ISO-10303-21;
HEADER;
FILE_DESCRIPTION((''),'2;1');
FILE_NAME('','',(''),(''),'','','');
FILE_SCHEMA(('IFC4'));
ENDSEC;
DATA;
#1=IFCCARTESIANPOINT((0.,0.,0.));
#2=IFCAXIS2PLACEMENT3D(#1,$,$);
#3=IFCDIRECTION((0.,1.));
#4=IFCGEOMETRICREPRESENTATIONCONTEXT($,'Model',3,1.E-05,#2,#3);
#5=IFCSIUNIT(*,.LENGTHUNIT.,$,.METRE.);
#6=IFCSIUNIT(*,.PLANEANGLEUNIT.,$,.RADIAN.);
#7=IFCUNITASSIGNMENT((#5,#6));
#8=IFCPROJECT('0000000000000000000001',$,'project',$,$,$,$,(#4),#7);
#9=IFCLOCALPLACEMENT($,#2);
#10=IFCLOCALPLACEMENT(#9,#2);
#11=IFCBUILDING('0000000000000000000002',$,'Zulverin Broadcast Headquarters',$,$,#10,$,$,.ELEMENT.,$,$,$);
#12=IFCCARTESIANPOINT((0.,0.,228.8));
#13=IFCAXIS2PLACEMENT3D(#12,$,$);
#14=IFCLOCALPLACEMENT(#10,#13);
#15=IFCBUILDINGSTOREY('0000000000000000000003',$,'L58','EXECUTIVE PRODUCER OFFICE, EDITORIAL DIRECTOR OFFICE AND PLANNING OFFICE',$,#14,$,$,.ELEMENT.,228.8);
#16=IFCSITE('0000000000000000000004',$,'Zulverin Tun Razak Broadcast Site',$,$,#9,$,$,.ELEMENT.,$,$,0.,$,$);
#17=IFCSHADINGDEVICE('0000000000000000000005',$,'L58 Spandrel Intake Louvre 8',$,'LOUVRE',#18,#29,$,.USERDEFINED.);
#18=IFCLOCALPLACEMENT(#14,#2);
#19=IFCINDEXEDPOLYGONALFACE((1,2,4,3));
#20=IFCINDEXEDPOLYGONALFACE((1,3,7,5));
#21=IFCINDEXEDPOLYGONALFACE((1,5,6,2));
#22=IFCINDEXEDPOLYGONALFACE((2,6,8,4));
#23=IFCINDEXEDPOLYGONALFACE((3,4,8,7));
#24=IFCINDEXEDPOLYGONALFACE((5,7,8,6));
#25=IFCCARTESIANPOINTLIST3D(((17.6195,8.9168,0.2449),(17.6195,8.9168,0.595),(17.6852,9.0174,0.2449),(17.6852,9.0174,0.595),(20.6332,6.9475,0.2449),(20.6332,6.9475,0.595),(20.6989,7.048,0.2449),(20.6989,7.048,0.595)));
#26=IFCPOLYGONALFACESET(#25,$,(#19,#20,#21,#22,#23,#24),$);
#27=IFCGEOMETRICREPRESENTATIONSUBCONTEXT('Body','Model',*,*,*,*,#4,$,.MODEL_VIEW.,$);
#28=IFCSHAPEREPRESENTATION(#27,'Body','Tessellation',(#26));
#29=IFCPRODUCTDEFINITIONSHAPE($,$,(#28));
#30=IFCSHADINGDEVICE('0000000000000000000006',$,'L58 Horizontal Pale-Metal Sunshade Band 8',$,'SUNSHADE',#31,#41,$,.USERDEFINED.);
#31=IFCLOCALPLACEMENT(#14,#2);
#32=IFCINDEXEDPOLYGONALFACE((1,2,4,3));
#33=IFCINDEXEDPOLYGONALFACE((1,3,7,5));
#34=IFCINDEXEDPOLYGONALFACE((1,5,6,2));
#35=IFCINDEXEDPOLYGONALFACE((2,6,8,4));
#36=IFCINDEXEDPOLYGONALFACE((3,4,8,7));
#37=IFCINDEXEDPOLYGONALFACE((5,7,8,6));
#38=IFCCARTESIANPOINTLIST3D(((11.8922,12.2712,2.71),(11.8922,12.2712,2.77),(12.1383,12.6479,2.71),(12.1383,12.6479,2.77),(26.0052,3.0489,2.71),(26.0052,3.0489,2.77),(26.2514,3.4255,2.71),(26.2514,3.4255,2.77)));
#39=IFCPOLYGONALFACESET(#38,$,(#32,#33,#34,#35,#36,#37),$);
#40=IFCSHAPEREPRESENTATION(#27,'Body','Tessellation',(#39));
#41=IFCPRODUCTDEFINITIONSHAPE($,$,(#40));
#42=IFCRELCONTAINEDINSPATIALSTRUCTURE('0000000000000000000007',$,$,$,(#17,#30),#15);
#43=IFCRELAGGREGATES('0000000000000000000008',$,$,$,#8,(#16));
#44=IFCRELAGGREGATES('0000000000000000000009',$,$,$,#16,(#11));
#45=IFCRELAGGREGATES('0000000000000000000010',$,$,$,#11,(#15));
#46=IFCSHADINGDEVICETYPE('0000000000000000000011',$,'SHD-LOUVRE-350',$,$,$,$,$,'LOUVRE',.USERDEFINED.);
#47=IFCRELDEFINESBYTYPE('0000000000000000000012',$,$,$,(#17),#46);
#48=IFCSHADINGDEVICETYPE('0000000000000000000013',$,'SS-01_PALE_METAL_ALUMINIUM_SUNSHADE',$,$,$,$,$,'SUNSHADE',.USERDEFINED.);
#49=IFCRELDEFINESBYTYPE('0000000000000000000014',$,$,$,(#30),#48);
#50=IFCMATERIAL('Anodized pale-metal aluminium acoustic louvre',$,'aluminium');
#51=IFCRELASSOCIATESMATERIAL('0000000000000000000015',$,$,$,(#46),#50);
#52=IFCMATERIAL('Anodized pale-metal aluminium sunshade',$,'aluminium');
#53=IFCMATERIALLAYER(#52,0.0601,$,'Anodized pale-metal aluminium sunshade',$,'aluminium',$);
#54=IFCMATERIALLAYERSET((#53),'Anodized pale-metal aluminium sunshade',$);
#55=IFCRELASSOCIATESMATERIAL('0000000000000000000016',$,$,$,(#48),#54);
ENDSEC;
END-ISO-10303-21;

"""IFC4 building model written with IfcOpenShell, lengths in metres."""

from ifc_helpers import new_model, si_unit, direction, frame, origin, origin_2d, place, context, subcontext, project, spatial, rectangle, extrude, material, layer, layer_set, type_object, element, save


model = new_model("IFC4")

# Units and contexts
model_context = context("Model", 3, precision=1e-05, world=origin(), true_north=direction((0.0, 1.0)))
body_context = subcontext(model_context, "Body", "Model", "MODEL_VIEW")
ifc_project = project(units=[si_unit("LENGTHUNIT", "METRE"), si_unit("PLANEANGLEUNIT", "RADIAN")], contexts=[model_context])

# Site, building, storey
site_placement = place(None, origin())
site = spatial("IfcSite", under=ifc_project, at=site_placement, Name="Zulverin Tun Razak Broadcast Site", CompositionType="ELEMENT", RefElevation=0.0)
building_placement = place(site_placement, origin())
building = spatial("IfcBuilding", under=site, at=building_placement, Name="Zulverin Broadcast Headquarters", CompositionType="ELEMENT")
storey_placement = place(building_placement, frame((0.0, 0.0, 228.8)))
storey = spatial("IfcBuildingStorey", under=building, at=storey_placement, Name="L58", Description="EXECUTIVE PRODUCER OFFICE, EDITORIAL DIRECTOR OFFICE AND PLANNING OFFICE", CompositionType="ELEMENT", Elevation=228.8)

# Shading devices
ifc_material_1 = material(Name="Anodized pale-metal aluminium acoustic louvre", Category="aluminium")
shading_device_type_1 = type_object("IfcShadingDeviceType", Name="SHD-LOUVRE-350", ElementType="LOUVRE", PredefinedType="USERDEFINED", material=ifc_material_1)
shading_device_1_placement = place(storey_placement, frame((19.1592, 7.9824, 0.2449), z_axis=(0.0, 0.0, 1.0), x_axis=(0.837116, -0.547026, 0.0)))
element("IfcShadingDevice", 1, at=shading_device_1_placement, inside=storey, type_object=shading_device_type_1, Name="L58 Spandrel Intake Louvre 8", ObjectType="LOUVRE", PredefinedType="USERDEFINED", context=body_context, shape_type="SweptSolid", body=[
    extrude(rectangle(XDim=3.6001, YDim=0.1201, at=origin_2d()), origin(), (0.0, 0.0, 1.0), 0.3501),
])
ifc_material_2 = material(Name="Anodized pale-metal aluminium sunshade", Category="aluminium")
ifc_layer_1 = layer(ifc_material_2, 0.0601, Name="Anodized pale-metal aluminium sunshade", Category="aluminium")
ifc_layer_set_1 = layer_set([ifc_layer_1], Name="Anodized pale-metal aluminium sunshade")
shading_device_type_2 = type_object("IfcShadingDeviceType", Name="SS-01_PALE_METAL_ALUMINIUM_SUNSHADE", ElementType="SUNSHADE", PredefinedType="USERDEFINED", material=ifc_layer_set_1)
shading_device_2_placement = place(storey_placement, frame((19.0718, 7.8484, 2.71), z_axis=(0.0, 0.0, 1.0), x_axis=(0.837116, -0.547026, 0.0)))
element("IfcShadingDevice", 2, at=shading_device_2_placement, inside=storey, type_object=shading_device_type_2, Name="L58 Horizontal Pale-Metal Sunshade Band 8", ObjectType="SUNSHADE", PredefinedType="USERDEFINED", context=body_context, shape_type="SweptSolid", body=[
    extrude(rectangle(XDim=16.8591, YDim=0.45, at=origin_2d()), origin(), (0.0, 0.0, 1.0), 0.0601),
])

save(model, "model.ifc")
